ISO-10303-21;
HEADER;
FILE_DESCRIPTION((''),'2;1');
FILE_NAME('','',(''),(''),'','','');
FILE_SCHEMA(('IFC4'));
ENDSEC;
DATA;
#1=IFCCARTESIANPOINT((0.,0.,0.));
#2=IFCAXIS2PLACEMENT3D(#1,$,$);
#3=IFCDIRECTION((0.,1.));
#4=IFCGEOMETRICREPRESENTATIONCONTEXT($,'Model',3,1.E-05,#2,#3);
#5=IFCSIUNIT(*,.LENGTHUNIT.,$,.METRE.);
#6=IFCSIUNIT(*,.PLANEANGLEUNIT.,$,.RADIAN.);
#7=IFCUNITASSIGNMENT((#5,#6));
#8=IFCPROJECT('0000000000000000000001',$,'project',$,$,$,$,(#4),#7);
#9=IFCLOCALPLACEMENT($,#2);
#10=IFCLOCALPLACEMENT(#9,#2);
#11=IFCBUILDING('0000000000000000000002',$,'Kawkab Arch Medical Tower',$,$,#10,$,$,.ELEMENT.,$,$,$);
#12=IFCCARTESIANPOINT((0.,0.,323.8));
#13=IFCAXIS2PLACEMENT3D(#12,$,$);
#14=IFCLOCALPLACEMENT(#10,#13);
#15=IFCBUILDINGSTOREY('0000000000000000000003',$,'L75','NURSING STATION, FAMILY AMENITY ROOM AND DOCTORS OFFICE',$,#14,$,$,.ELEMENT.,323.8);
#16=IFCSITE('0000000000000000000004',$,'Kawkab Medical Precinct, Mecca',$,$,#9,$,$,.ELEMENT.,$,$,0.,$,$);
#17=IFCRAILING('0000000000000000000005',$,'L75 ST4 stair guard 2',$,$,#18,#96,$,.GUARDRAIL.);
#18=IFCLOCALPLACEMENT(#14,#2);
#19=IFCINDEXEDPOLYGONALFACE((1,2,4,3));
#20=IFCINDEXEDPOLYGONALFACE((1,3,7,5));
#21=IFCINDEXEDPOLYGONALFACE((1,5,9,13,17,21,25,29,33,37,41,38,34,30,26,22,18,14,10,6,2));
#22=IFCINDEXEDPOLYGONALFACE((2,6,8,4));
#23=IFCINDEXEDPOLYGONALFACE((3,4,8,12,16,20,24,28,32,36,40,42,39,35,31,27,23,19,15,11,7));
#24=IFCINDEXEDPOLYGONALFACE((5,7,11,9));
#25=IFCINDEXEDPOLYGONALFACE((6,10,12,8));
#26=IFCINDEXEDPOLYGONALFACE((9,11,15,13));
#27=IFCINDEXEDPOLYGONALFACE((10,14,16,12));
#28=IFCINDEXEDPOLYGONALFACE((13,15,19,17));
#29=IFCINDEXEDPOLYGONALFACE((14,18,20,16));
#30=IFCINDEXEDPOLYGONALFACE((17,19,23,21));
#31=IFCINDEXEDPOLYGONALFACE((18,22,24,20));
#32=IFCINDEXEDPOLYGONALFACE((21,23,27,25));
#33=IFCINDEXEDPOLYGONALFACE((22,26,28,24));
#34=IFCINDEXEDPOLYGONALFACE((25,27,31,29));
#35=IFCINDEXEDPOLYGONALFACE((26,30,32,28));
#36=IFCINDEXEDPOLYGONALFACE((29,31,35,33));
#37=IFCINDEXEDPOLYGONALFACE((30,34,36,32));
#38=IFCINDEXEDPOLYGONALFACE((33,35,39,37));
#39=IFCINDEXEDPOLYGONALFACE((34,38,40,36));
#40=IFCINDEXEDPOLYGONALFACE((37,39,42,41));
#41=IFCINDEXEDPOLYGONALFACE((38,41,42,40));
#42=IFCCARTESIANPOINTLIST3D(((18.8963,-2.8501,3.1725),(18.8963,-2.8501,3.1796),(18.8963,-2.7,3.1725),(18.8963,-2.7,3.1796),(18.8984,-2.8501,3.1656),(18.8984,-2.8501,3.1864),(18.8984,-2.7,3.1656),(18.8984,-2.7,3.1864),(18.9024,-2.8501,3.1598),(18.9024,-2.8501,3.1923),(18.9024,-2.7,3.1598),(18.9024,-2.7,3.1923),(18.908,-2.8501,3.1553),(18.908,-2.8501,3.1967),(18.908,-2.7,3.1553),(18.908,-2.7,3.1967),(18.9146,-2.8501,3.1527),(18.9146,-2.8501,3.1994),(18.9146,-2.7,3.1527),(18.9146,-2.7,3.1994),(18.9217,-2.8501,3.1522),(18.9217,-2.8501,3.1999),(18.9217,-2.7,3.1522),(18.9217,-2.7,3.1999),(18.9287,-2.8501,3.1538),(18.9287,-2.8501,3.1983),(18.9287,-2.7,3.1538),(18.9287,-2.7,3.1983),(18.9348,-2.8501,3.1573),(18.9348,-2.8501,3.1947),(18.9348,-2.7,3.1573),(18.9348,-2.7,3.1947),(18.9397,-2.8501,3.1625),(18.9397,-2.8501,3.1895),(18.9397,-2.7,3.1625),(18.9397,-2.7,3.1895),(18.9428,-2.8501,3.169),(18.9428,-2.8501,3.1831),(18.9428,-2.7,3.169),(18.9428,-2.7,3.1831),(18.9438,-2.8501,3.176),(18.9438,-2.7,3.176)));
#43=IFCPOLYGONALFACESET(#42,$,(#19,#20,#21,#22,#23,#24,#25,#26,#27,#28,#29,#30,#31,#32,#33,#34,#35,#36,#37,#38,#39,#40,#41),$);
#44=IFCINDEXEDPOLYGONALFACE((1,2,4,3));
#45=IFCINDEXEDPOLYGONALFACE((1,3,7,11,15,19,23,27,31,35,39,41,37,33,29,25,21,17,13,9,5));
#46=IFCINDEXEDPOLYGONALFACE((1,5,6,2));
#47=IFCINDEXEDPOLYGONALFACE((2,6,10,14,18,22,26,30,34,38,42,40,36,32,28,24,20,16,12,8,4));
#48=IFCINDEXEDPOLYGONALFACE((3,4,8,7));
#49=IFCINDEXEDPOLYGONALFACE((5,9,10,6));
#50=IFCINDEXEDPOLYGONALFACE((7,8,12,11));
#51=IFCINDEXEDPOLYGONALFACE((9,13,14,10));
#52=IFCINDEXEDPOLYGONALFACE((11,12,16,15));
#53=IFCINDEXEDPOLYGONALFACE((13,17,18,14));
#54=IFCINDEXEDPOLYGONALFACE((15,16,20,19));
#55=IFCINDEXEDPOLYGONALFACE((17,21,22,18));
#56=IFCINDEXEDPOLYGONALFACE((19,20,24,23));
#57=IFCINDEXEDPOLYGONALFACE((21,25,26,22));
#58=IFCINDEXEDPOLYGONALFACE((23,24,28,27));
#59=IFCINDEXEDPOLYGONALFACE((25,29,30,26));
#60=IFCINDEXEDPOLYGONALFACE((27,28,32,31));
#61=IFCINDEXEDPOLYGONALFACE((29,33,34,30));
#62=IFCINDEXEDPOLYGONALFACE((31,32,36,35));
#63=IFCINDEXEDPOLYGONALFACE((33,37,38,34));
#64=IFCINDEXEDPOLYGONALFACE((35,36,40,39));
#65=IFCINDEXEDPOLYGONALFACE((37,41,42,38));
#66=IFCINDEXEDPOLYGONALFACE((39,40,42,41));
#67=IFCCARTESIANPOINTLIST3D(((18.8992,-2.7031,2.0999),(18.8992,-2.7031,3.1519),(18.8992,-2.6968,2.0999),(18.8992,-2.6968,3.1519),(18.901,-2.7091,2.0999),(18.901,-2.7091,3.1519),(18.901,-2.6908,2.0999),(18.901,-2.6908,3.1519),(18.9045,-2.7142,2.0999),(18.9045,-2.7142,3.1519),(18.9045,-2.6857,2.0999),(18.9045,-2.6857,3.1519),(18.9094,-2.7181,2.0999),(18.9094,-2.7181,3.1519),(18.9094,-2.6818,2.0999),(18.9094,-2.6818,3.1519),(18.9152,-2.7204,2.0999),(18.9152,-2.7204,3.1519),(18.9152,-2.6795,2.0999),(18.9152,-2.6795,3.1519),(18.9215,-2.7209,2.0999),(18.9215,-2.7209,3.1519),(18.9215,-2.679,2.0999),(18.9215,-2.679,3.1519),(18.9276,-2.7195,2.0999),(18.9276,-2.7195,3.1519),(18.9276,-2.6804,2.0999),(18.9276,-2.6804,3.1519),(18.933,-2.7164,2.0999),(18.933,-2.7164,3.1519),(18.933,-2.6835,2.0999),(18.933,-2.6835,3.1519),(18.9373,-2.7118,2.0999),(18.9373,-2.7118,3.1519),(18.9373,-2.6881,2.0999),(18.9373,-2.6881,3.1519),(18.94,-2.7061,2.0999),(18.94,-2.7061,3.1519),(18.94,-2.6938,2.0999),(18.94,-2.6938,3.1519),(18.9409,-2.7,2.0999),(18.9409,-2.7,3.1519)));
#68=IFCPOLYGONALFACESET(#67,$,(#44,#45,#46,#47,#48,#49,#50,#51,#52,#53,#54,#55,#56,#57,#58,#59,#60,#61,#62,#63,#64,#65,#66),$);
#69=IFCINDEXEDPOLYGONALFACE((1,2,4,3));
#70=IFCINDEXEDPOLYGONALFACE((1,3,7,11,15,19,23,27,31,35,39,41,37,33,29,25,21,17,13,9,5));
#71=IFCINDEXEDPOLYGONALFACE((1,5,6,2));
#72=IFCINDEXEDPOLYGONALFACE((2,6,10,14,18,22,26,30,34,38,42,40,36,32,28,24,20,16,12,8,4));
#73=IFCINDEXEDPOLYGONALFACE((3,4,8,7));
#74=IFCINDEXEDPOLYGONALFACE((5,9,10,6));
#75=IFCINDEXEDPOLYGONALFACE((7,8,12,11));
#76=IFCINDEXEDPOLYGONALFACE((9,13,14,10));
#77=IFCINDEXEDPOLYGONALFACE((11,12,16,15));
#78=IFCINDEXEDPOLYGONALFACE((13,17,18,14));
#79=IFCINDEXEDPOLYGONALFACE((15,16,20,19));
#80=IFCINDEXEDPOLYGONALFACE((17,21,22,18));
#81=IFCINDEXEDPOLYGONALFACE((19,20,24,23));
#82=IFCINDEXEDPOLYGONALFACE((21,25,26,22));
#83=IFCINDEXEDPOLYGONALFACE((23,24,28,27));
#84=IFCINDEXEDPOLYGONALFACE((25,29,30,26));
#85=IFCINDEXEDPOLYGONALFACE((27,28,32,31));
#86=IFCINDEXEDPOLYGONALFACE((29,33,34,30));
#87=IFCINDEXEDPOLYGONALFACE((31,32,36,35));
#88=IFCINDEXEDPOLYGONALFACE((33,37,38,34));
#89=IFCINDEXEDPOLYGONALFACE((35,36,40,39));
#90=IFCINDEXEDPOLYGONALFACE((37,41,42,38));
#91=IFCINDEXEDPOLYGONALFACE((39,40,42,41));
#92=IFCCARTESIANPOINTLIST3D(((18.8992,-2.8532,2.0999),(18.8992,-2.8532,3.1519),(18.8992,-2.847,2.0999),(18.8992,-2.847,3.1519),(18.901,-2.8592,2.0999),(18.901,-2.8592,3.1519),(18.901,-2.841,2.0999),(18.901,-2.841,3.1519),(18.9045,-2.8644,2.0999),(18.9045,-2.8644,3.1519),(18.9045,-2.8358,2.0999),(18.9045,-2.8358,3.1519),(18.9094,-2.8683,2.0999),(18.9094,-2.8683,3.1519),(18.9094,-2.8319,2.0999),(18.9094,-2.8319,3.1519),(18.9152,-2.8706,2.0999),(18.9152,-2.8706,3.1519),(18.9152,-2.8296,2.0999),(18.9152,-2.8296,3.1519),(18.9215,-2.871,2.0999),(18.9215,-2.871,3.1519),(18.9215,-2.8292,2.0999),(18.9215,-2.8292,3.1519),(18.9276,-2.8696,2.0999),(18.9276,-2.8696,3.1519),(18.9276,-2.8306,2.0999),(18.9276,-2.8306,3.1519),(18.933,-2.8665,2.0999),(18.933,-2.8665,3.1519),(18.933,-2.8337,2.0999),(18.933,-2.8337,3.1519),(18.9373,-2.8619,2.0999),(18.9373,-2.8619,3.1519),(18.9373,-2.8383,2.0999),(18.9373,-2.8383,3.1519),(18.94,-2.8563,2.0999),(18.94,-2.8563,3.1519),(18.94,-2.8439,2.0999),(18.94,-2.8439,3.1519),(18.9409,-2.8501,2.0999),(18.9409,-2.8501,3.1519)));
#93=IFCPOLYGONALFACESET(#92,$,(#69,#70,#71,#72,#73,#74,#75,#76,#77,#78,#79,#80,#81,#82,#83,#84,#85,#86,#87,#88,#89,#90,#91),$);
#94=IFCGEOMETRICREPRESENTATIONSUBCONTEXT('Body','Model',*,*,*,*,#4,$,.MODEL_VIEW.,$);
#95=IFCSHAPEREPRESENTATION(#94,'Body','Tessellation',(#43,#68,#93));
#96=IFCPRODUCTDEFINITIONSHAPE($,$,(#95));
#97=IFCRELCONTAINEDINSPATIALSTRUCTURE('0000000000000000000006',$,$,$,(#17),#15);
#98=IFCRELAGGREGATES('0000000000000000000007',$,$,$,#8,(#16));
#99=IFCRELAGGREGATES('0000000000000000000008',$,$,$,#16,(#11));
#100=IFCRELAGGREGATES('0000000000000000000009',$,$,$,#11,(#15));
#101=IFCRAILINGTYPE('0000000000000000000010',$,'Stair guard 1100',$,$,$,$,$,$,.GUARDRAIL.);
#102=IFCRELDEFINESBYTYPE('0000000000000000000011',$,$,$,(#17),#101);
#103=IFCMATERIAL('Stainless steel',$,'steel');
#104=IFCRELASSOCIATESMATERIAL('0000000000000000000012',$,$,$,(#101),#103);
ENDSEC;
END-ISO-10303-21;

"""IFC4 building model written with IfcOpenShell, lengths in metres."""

from ifc_helpers import new_model, si_unit, direction, frame, origin, origin_2d, place, context, subcontext, project, spatial, circle, extrude, material, type_object, element, save


model = new_model("IFC4")

# Units and contexts
model_context = context("Model", 3, precision=1e-05, world=origin(), true_north=direction((0.0, 1.0)))
body_context = subcontext(model_context, "Body", "Model", "MODEL_VIEW")
ifc_project = project(units=[si_unit("LENGTHUNIT", "METRE"), si_unit("PLANEANGLEUNIT", "RADIAN")], contexts=[model_context])

# Site, building, storey
site_placement = place(None, origin())
site = spatial("IfcSite", under=ifc_project, at=site_placement, Name="Kawkab Medical Precinct, Mecca", CompositionType="ELEMENT", RefElevation=0.0)
building_placement = place(site_placement, origin())
building = spatial("IfcBuilding", under=site, at=building_placement, Name="Kawkab Arch Medical Tower", CompositionType="ELEMENT")
storey_placement = place(building_placement, frame((0.0, 0.0, 323.8)))
storey = spatial("IfcBuildingStorey", under=building, at=storey_placement, Name="L75", Description="NURSING STATION, FAMILY AMENITY ROOM AND DOCTORS OFFICE", CompositionType="ELEMENT", Elevation=323.8)

# Railing
ifc_material_1 = material(Name="Stainless steel", Category="steel")
railing_type_1 = type_object("IfcRailingType", Name="Stair guard 1100", PredefinedType="GUARDRAIL", material=ifc_material_1)
railing_1_placement = place(storey_placement, frame((18.9199, -2.7, 2.0999)))
element("IfcRailing", 1, at=railing_1_placement, inside=storey, type_object=railing_type_1, Name="L75 ST4 stair guard 2", PredefinedType="GUARDRAIL", context=body_context, shape_type="SweptSolid", body=[
    extrude(circle(Radius=0.0239, at=origin_2d()), frame((0.0, 0.0, 1.0762), z_axis=(0.0, -1.0, 0.0), x_axis=(1.0, 0.0, 0.0)), (0.0, 0.0, 1.0), 0.1501),
    extrude(circle(Radius=0.021, at=origin_2d()), origin(), (0.0, 0.0, 1.0), 1.052),
    extrude(circle(Radius=0.021, at=origin_2d()), frame((0.0, -0.1501, 0.0)), (0.0, 0.0, 1.0), 1.052),
])

save(model, "model.ifc")
